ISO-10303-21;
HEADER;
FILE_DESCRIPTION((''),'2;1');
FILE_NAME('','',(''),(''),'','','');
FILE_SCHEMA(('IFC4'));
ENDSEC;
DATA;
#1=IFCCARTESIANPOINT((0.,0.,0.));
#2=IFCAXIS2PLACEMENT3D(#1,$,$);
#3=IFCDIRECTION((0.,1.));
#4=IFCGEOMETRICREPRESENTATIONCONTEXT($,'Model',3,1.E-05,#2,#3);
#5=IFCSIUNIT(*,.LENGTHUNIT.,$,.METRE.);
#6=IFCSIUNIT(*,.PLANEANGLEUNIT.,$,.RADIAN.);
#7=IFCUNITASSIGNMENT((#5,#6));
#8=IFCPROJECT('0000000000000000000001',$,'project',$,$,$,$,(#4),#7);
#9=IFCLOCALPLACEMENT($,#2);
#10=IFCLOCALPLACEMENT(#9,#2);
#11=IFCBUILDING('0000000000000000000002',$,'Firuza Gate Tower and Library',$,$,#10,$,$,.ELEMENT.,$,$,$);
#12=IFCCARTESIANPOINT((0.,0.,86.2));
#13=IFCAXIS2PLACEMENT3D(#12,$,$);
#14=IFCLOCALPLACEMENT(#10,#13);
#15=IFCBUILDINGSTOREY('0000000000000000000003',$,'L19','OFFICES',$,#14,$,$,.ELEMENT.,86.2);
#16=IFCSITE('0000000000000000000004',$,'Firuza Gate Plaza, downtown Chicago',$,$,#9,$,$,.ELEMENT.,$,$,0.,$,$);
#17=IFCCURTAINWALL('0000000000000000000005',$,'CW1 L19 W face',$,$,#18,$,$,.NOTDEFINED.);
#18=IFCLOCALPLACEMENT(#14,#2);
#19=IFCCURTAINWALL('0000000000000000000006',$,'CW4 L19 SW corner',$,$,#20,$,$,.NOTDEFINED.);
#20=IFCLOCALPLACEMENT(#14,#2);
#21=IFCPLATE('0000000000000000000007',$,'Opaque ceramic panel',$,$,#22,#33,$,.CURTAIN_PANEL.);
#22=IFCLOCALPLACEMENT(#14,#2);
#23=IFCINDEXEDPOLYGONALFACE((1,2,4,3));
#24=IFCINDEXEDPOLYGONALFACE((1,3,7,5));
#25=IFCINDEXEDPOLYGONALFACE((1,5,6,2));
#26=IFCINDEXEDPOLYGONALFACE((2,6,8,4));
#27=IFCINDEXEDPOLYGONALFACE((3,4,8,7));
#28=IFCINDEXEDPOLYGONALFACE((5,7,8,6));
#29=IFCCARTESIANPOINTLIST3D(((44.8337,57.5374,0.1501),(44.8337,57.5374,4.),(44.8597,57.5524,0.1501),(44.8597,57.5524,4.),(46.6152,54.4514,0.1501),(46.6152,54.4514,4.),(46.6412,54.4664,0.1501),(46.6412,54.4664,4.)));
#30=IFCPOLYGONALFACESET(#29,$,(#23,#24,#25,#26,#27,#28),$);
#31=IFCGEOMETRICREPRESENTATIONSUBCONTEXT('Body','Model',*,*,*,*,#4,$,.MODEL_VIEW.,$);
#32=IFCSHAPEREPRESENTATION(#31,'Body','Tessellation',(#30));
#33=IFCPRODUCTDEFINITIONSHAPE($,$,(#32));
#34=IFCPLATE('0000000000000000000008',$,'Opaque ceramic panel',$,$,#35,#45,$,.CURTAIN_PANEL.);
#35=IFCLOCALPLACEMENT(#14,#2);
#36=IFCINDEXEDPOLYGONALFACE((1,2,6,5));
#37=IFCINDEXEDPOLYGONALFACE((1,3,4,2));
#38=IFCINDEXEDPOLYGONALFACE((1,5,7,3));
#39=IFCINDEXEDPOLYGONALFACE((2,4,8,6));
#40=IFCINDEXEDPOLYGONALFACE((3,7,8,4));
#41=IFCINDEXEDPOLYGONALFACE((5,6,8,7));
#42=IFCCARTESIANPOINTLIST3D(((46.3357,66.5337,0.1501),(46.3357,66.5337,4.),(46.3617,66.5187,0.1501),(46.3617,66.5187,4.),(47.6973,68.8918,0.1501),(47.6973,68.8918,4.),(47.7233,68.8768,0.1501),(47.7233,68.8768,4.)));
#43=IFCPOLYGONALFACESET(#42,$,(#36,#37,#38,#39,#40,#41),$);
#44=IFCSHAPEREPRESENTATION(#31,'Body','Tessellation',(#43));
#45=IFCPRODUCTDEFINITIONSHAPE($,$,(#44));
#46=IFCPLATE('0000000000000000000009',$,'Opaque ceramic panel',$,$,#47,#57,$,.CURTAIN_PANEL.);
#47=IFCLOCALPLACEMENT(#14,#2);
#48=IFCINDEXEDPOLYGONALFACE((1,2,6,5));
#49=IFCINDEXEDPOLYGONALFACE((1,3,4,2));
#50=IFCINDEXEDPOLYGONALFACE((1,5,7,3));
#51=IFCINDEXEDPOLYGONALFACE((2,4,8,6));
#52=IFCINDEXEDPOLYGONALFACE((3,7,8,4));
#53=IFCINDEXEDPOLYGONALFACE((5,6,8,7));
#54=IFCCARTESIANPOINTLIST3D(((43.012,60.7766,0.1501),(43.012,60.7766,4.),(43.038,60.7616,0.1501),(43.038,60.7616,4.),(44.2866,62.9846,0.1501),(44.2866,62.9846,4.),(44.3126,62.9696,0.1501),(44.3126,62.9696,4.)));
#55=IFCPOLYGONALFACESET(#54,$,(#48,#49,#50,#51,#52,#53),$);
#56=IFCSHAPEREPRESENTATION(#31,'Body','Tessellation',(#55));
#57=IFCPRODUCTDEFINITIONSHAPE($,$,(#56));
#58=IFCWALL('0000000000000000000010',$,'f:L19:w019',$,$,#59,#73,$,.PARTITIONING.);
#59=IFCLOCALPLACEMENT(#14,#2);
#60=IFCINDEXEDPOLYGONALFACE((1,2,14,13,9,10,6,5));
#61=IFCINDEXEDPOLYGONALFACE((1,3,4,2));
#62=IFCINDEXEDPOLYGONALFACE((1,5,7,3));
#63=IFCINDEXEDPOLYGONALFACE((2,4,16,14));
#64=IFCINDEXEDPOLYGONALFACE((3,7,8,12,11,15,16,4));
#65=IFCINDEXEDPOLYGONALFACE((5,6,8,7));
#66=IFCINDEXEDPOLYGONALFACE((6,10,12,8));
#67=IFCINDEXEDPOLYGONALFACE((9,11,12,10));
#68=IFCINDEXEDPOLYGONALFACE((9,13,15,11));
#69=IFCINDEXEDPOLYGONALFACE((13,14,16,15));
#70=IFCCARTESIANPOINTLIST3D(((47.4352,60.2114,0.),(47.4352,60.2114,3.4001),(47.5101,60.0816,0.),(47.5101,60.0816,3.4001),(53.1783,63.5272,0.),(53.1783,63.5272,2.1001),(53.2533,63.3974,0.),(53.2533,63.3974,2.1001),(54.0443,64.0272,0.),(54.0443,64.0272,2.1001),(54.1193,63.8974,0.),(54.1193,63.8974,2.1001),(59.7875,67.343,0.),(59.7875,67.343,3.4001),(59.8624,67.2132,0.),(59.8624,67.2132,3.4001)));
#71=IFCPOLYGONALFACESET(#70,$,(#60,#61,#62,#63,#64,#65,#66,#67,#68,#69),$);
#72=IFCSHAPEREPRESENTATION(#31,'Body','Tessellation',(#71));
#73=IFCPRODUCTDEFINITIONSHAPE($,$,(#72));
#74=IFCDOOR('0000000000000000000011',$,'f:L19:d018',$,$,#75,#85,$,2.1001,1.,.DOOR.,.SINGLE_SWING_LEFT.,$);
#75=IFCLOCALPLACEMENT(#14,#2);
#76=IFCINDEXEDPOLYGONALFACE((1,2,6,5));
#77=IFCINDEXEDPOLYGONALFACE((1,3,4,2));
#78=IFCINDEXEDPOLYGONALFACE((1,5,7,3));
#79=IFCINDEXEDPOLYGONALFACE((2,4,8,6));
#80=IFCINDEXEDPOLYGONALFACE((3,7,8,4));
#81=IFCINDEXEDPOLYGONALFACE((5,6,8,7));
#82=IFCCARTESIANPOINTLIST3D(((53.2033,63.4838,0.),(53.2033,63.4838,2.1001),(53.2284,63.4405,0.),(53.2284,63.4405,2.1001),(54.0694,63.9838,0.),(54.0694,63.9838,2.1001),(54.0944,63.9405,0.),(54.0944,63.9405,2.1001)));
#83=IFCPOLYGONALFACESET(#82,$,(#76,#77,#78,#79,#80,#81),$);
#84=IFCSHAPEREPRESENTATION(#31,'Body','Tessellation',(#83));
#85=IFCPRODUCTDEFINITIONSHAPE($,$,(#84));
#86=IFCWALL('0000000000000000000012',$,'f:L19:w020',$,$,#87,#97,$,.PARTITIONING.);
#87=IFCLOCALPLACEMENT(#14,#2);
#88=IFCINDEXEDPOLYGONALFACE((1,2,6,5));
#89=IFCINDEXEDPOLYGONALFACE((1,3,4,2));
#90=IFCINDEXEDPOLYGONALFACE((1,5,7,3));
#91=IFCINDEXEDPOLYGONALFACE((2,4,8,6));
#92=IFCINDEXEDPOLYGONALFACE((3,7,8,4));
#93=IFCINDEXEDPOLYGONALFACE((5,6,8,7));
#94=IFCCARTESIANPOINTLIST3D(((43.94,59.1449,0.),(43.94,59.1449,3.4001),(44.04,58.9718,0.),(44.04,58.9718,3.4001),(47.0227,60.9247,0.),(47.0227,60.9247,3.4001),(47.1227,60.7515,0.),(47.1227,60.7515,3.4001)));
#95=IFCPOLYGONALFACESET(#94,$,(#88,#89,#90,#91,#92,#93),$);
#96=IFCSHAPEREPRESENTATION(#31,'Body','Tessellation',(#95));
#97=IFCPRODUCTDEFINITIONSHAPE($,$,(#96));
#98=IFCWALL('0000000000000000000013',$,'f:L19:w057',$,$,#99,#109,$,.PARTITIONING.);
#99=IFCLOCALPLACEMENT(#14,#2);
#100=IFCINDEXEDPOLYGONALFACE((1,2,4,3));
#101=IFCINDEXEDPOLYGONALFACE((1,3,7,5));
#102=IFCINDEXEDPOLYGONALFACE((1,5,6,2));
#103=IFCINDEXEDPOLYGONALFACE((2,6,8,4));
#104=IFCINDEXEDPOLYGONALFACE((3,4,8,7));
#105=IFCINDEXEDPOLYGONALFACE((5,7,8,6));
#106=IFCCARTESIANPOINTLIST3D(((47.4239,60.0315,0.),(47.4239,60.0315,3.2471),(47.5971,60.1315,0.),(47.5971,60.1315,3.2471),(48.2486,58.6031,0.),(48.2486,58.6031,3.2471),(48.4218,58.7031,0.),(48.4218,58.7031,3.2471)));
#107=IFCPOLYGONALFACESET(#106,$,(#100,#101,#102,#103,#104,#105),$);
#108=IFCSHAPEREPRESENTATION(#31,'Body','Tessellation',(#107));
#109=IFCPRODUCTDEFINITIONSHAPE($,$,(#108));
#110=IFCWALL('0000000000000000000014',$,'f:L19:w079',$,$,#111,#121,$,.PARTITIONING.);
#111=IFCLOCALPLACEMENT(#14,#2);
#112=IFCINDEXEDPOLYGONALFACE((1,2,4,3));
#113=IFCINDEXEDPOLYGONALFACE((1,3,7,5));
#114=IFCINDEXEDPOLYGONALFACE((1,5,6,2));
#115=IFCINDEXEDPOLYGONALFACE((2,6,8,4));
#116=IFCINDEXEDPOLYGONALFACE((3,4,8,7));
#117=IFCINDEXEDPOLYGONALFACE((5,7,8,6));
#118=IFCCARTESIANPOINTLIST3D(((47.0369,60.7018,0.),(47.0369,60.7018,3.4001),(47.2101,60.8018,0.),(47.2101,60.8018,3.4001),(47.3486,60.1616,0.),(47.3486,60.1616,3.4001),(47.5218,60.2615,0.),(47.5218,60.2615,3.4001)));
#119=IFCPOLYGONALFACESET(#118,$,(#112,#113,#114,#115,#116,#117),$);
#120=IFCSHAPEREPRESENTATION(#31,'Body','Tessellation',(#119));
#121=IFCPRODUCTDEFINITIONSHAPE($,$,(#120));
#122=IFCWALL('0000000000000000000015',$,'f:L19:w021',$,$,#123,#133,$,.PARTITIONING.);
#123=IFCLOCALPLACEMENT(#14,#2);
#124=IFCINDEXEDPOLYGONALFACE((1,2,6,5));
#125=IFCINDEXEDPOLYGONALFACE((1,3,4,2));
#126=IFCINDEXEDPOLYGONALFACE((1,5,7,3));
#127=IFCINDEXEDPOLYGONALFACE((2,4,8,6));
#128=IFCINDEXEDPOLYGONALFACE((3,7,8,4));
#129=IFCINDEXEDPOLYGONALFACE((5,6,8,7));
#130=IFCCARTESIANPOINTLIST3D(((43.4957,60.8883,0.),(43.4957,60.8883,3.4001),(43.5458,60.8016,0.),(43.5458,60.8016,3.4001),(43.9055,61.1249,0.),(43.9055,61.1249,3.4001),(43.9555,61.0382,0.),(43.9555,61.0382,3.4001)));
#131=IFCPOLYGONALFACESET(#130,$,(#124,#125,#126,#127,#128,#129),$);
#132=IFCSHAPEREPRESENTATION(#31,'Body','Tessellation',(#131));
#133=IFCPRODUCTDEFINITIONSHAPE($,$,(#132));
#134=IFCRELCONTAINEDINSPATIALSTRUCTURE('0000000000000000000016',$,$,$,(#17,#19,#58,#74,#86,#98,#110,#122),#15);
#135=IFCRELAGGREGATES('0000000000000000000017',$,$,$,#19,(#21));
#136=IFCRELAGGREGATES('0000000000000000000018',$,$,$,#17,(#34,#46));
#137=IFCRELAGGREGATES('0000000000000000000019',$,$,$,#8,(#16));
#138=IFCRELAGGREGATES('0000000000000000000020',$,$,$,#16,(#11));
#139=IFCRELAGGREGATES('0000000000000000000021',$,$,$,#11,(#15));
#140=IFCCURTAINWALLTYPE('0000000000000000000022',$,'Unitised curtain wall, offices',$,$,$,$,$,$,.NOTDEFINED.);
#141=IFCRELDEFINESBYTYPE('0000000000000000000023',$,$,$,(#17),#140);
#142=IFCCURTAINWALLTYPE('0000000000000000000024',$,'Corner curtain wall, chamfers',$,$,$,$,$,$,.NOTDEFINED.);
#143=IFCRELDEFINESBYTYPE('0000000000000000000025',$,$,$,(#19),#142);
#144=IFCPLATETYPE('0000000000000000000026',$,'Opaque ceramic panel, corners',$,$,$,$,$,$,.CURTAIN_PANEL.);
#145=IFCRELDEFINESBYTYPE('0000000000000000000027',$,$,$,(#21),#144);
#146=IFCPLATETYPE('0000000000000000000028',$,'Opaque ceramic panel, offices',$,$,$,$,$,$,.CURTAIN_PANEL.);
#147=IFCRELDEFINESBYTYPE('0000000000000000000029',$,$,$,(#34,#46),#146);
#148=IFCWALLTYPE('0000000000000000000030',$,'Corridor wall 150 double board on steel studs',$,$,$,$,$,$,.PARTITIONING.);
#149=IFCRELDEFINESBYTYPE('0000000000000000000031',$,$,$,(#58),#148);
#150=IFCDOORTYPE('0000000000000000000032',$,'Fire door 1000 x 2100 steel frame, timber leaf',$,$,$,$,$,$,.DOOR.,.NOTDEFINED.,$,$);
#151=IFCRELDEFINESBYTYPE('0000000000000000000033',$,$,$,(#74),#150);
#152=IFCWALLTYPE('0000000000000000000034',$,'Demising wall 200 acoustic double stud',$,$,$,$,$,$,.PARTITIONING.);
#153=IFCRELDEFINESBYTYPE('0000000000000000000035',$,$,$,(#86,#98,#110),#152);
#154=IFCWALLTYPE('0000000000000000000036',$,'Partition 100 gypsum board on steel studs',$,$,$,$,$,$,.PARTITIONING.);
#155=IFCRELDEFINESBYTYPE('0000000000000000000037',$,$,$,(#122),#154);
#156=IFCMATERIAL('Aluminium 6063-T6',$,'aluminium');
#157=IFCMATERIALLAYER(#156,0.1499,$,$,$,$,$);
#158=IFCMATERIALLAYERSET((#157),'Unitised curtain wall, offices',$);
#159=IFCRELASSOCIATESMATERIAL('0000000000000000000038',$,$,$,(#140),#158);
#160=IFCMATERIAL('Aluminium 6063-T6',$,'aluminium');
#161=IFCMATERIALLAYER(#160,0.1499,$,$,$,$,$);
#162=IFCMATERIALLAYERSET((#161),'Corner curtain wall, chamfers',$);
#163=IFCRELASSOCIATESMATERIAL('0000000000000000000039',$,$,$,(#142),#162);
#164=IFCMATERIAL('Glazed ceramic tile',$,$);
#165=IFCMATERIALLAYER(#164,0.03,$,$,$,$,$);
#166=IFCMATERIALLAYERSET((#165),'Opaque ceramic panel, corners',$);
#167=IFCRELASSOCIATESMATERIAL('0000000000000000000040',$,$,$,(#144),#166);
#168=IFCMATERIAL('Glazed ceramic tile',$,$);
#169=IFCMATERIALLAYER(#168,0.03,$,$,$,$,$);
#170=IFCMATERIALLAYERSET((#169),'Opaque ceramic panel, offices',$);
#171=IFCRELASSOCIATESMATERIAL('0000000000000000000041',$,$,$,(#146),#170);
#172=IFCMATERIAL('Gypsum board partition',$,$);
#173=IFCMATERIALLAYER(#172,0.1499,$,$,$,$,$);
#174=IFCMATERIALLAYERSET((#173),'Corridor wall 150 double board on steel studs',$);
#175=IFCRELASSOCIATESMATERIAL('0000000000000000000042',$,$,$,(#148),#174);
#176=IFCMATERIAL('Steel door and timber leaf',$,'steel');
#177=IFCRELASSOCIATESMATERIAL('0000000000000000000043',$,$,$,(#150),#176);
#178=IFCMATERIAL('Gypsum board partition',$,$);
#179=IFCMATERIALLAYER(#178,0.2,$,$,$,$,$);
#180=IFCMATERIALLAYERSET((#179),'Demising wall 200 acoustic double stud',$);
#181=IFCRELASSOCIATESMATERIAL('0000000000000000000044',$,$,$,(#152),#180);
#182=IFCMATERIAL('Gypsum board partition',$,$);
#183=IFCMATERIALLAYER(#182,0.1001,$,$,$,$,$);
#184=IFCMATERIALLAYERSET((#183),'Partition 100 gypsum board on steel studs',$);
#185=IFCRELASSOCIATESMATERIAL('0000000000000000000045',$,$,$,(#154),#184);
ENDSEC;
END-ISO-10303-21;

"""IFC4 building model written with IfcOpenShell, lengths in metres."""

from ifc_helpers import new_model, si_unit, direction, frame, frame_2d, origin, place, context, subcontext, project, spatial, polyline, rectangle, outline, extrude, material, layer, layer_set, type_object, element, fill, aggregate, save


model = new_model("IFC4")

# Units and contexts
model_context = context("Model", 3, precision=1e-05, world=origin(), true_north=direction((0.0, 1.0)))
body_context = subcontext(model_context, "Body", "Model", "MODEL_VIEW")
ifc_project = project(units=[si_unit("LENGTHUNIT", "METRE"), si_unit("PLANEANGLEUNIT", "RADIAN")], contexts=[model_context])

# Site, building, storey
site_placement = place(None, origin())
site = spatial("IfcSite", under=ifc_project, at=site_placement, Name="Firuza Gate Plaza, downtown Chicago", CompositionType="ELEMENT", RefElevation=0.0)
building_placement = place(site_placement, origin())
building = spatial("IfcBuilding", under=site, at=building_placement, Name="Firuza Gate Tower and Library", CompositionType="ELEMENT")
storey_placement = place(building_placement, frame((0.0, 0.0, 86.2)))
storey = spatial("IfcBuildingStorey", under=building, at=storey_placement, Name="L19", Description="OFFICES", CompositionType="ELEMENT", Elevation=86.2)

# Curtain walls
ifc_material_1 = material(Name="Aluminium 6063-T6", Category="aluminium")
ifc_layer_1 = layer(ifc_material_1, 0.1499)
ifc_layer_set_1 = layer_set([ifc_layer_1], Name="Unitised curtain wall, offices")
curtain_wall_type_1 = type_object("IfcCurtainWallType", Name="Unitised curtain wall, offices", PredefinedType="NOTDEFINED", material=ifc_layer_set_1)
placement = place(storey_placement, origin())
curtain_wall_1 = element("IfcCurtainWall", 1, at=placement, inside=storey, type_object=curtain_wall_type_1, Name="CW1 L19 W face", PredefinedType="NOTDEFINED")
ifc_material_2 = material(Name="Aluminium 6063-T6", Category="aluminium")
ifc_layer_2 = layer(ifc_material_2, 0.1499)
ifc_layer_set_2 = layer_set([ifc_layer_2], Name="Corner curtain wall, chamfers")
curtain_wall_type_2 = type_object("IfcCurtainWallType", Name="Corner curtain wall, chamfers", PredefinedType="NOTDEFINED", material=ifc_layer_set_2)
curtain_wall_2 = element("IfcCurtainWall", 2, at=placement, inside=storey, type_object=curtain_wall_type_2, Name="CW4 L19 SW corner", PredefinedType="NOTDEFINED")

# Plates
ifc_material_3 = material(Name="Glazed ceramic tile")
ifc_layer_3 = layer(ifc_material_3, 0.03)
ifc_layer_set_3 = layer_set([ifc_layer_3], Name="Opaque ceramic panel, corners")
plate_type_1 = type_object("IfcPlateType", Name="Opaque ceramic panel, corners", PredefinedType="CURTAIN_PANEL", material=ifc_layer_set_3)
plate_1_placement = place(storey_placement, frame((44.8337, 57.5374, 0.1501), z_axis=(-0.866046, -0.499964, 0.0), x_axis=(0.499964, -0.866046, 0.0)))
plate_1 = element("IfcPlate", 3, at=plate_1_placement, type_object=plate_type_1, Name="Opaque ceramic panel", PredefinedType="CURTAIN_PANEL", context=body_context, shape_type="SweptSolid", body=[
    extrude(outline(polyline([(0.0, 0.0), (3.5632, 0.0), (3.5632, 3.8499), (0.0, 3.8499), (0.0, 0.0)])), origin(), (0.0, 0.0, -1.0), 0.03),
])
aggregate(curtain_wall_2, [plate_1])
ifc_material_4 = material(Name="Glazed ceramic tile")
ifc_layer_4 = layer(ifc_material_4, 0.03)
ifc_layer_set_4 = layer_set([ifc_layer_4], Name="Opaque ceramic panel, offices")
plate_type_2 = type_object("IfcPlateType", Name="Opaque ceramic panel, offices", PredefinedType="CURTAIN_PANEL", material=ifc_layer_set_4)
plate_2_placement = place(storey_placement, frame((47.6973, 68.8918, 0.1501), z_axis=(-0.866011, 0.500025, 0.0), x_axis=(-0.500025, -0.866011, 0.0)))
plate_2 = element("IfcPlate", 4, at=plate_2_placement, type_object=plate_type_2, Name="Opaque ceramic panel", PredefinedType="CURTAIN_PANEL", context=body_context, shape_type="SweptSolid", body=[
    extrude(outline(polyline([(0.0, 0.0), (2.723, 0.0), (2.723, 3.8499), (0.0, 3.8499), (0.0, 0.0)])), origin(), (0.0, 0.0, -1.0), 0.03),
])
plate_3_placement = place(storey_placement, frame((44.2866, 62.9846, 0.1501), z_axis=(-0.866048, 0.49996, 0.0), x_axis=(-0.49996, -0.866048, 0.0)))
plate_3 = element("IfcPlate", 5, at=plate_3_placement, type_object=plate_type_2, Name="Opaque ceramic panel", PredefinedType="CURTAIN_PANEL", context=body_context, shape_type="SweptSolid", body=[
    extrude(outline(polyline([(0.0, 0.0), (2.5495, 0.0), (2.5495, 3.8499), (0.0, 3.8499), (0.0, 0.0)])), origin(), (0.0, 0.0, -1.0), 0.03),
])
aggregate(curtain_wall_1, [plate_2, plate_3])

# Wall, opening, door
ifc_material_5 = material(Name="Gypsum board partition")
ifc_layer_5 = layer(ifc_material_5, 0.1499)
ifc_layer_set_5 = layer_set([ifc_layer_5], Name="Corridor wall 150 double board on steel studs")
wall_type_1 = type_object("IfcWallType", Name="Corridor wall 150 double board on steel studs", PredefinedType="PARTITIONING", material=ifc_layer_set_5)
wall_1_placement = place(storey_placement, frame((47.4727, 60.1465, 0.0), z_axis=(0.0, 0.0, 1.0), x_axis=(0.866026, 0.5, 0.0)))
wall_1 = element("IfcWall", 6, at=wall_1_placement, inside=storey, type_object=wall_type_1, Name="f:L19:w019", PredefinedType="PARTITIONING", context=body_context, shape_type="SweptSolid", body=[
    extrude(rectangle(XDim=14.2632, YDim=0.1499, at=frame_2d((7.1316, 0.0))), origin(), (0.0, 0.0, 1.0), 3.4001),
])
opening_placement = place(wall_1_placement, frame((6.6316, 0.0, 0.0)))
opening = element("IfcOpeningElement", 7, at=opening_placement, cuts=wall_1, PredefinedType="OPENING", context=body_context, shape_type="SweptSolid", body=[
    extrude(rectangle(XDim=1.0, YDim=2.1001, at=frame_2d((0.5, 1.05))), frame((0.0, 0.085, 0.0), z_axis=(0.0, -1.0, 0.0), x_axis=(1.0, 0.0, 0.0)), (0.0, 0.0, 1.0), 0.1699),
])
ifc_material_6 = material(Name="Steel door and timber leaf", Category="steel")
door_type = type_object("IfcDoorType", Name="Fire door 1000 x 2100 steel frame, timber leaf", OperationType="NOTDEFINED", PredefinedType="DOOR", material=ifc_material_6)
door_placement = place(opening_placement, origin())
door = element("IfcDoor", 8, at=door_placement, inside=storey, type_object=door_type, Name="f:L19:d018", OperationType="SINGLE_SWING_LEFT", OverallHeight=2.1001, OverallWidth=1.0, PredefinedType="DOOR", context=body_context, shape_type="SweptSolid", body=[
    extrude(rectangle(XDim=1.0, YDim=2.1001, at=frame_2d((0.5, 1.05))), frame((0.0, 0.0249, 0.0), z_axis=(0.0, -1.0, 0.0), x_axis=(1.0, 0.0, 0.0)), (0.0, 0.0, 1.0), 0.05),
])
fill(opening, door)

# Walls
ifc_material_7 = material(Name="Gypsum board partition")
ifc_layer_6 = layer(ifc_material_7, 0.2)
ifc_layer_set_6 = layer_set([ifc_layer_6], Name="Demising wall 200 acoustic double stud")
wall_type_2 = type_object("IfcWallType", Name="Demising wall 200 acoustic double stud", PredefinedType="PARTITIONING", material=ifc_layer_set_6)
wall_2_placement = place(storey_placement, frame((43.99, 59.0583, 0.0), z_axis=(0.0, 0.0, 1.0), x_axis=(0.866031, 0.49999, 0.0)))
element("IfcWall", 9, at=wall_2_placement, inside=storey, type_object=wall_type_2, Name="f:L19:w020", PredefinedType="PARTITIONING", context=body_context, shape_type="SweptSolid", body=[
    extrude(rectangle(XDim=3.5596, YDim=0.2, at=frame_2d((1.7798, 0.0))), origin(), (0.0, 0.0, 1.0), 3.4001),
])
wall_3_placement = place(storey_placement, frame((48.3352, 58.6531, 0.0), z_axis=(0.0, 0.0, 1.0), x_axis=(-0.499992, 0.86603, 0.0)))
element("IfcWall", 10, at=wall_3_placement, inside=storey, type_object=wall_type_2, Name="f:L19:w057", PredefinedType="PARTITIONING", context=body_context, shape_type="SweptSolid", body=[
    extrude(rectangle(XDim=1.6494, YDim=0.2, at=frame_2d((0.8247, 0.0))), origin(), (0.0, 0.0, 1.0), 3.2471),
])
wall_4_placement = place(storey_placement, frame((47.4353, 60.2114, 0.0), z_axis=(0.0, 0.0, 1.0), x_axis=(-0.499802, 0.86614, 0.0)))
element("IfcWall", 11, at=wall_4_placement, inside=storey, type_object=wall_type_2, Name="f:L19:w079", PredefinedType="PARTITIONING", context=body_context, shape_type="SweptSolid", body=[
    extrude(rectangle(XDim=0.6238, YDim=0.2, at=frame_2d((0.312, 0.0))), origin(), (0.0, 0.0, 1.0), 3.4001),
])
ifc_material_8 = material(Name="Gypsum board partition")
ifc_layer_7 = layer(ifc_material_8, 0.1001)
ifc_layer_set_7 = layer_set([ifc_layer_7], Name="Partition 100 gypsum board on steel studs")
wall_type_3 = type_object("IfcWallType", Name="Partition 100 gypsum board on steel studs", PredefinedType="PARTITIONING", material=ifc_layer_set_7)
wall_5_placement = place(storey_placement, frame((43.5208, 60.845, 0.0), z_axis=(0.0, 0.0, 1.0), x_axis=(0.865979, 0.50008, 0.0)))
element("IfcWall", 12, at=wall_5_placement, inside=storey, type_object=wall_type_3, Name="f:L19:w021", PredefinedType="PARTITIONING", context=body_context, shape_type="SweptSolid", body=[
    extrude(rectangle(XDim=0.4731, YDim=0.1001, at=frame_2d((0.2366, 0.0))), origin(), (0.0, 0.0, 1.0), 3.4001),
])

save(model, "model.ifc")
